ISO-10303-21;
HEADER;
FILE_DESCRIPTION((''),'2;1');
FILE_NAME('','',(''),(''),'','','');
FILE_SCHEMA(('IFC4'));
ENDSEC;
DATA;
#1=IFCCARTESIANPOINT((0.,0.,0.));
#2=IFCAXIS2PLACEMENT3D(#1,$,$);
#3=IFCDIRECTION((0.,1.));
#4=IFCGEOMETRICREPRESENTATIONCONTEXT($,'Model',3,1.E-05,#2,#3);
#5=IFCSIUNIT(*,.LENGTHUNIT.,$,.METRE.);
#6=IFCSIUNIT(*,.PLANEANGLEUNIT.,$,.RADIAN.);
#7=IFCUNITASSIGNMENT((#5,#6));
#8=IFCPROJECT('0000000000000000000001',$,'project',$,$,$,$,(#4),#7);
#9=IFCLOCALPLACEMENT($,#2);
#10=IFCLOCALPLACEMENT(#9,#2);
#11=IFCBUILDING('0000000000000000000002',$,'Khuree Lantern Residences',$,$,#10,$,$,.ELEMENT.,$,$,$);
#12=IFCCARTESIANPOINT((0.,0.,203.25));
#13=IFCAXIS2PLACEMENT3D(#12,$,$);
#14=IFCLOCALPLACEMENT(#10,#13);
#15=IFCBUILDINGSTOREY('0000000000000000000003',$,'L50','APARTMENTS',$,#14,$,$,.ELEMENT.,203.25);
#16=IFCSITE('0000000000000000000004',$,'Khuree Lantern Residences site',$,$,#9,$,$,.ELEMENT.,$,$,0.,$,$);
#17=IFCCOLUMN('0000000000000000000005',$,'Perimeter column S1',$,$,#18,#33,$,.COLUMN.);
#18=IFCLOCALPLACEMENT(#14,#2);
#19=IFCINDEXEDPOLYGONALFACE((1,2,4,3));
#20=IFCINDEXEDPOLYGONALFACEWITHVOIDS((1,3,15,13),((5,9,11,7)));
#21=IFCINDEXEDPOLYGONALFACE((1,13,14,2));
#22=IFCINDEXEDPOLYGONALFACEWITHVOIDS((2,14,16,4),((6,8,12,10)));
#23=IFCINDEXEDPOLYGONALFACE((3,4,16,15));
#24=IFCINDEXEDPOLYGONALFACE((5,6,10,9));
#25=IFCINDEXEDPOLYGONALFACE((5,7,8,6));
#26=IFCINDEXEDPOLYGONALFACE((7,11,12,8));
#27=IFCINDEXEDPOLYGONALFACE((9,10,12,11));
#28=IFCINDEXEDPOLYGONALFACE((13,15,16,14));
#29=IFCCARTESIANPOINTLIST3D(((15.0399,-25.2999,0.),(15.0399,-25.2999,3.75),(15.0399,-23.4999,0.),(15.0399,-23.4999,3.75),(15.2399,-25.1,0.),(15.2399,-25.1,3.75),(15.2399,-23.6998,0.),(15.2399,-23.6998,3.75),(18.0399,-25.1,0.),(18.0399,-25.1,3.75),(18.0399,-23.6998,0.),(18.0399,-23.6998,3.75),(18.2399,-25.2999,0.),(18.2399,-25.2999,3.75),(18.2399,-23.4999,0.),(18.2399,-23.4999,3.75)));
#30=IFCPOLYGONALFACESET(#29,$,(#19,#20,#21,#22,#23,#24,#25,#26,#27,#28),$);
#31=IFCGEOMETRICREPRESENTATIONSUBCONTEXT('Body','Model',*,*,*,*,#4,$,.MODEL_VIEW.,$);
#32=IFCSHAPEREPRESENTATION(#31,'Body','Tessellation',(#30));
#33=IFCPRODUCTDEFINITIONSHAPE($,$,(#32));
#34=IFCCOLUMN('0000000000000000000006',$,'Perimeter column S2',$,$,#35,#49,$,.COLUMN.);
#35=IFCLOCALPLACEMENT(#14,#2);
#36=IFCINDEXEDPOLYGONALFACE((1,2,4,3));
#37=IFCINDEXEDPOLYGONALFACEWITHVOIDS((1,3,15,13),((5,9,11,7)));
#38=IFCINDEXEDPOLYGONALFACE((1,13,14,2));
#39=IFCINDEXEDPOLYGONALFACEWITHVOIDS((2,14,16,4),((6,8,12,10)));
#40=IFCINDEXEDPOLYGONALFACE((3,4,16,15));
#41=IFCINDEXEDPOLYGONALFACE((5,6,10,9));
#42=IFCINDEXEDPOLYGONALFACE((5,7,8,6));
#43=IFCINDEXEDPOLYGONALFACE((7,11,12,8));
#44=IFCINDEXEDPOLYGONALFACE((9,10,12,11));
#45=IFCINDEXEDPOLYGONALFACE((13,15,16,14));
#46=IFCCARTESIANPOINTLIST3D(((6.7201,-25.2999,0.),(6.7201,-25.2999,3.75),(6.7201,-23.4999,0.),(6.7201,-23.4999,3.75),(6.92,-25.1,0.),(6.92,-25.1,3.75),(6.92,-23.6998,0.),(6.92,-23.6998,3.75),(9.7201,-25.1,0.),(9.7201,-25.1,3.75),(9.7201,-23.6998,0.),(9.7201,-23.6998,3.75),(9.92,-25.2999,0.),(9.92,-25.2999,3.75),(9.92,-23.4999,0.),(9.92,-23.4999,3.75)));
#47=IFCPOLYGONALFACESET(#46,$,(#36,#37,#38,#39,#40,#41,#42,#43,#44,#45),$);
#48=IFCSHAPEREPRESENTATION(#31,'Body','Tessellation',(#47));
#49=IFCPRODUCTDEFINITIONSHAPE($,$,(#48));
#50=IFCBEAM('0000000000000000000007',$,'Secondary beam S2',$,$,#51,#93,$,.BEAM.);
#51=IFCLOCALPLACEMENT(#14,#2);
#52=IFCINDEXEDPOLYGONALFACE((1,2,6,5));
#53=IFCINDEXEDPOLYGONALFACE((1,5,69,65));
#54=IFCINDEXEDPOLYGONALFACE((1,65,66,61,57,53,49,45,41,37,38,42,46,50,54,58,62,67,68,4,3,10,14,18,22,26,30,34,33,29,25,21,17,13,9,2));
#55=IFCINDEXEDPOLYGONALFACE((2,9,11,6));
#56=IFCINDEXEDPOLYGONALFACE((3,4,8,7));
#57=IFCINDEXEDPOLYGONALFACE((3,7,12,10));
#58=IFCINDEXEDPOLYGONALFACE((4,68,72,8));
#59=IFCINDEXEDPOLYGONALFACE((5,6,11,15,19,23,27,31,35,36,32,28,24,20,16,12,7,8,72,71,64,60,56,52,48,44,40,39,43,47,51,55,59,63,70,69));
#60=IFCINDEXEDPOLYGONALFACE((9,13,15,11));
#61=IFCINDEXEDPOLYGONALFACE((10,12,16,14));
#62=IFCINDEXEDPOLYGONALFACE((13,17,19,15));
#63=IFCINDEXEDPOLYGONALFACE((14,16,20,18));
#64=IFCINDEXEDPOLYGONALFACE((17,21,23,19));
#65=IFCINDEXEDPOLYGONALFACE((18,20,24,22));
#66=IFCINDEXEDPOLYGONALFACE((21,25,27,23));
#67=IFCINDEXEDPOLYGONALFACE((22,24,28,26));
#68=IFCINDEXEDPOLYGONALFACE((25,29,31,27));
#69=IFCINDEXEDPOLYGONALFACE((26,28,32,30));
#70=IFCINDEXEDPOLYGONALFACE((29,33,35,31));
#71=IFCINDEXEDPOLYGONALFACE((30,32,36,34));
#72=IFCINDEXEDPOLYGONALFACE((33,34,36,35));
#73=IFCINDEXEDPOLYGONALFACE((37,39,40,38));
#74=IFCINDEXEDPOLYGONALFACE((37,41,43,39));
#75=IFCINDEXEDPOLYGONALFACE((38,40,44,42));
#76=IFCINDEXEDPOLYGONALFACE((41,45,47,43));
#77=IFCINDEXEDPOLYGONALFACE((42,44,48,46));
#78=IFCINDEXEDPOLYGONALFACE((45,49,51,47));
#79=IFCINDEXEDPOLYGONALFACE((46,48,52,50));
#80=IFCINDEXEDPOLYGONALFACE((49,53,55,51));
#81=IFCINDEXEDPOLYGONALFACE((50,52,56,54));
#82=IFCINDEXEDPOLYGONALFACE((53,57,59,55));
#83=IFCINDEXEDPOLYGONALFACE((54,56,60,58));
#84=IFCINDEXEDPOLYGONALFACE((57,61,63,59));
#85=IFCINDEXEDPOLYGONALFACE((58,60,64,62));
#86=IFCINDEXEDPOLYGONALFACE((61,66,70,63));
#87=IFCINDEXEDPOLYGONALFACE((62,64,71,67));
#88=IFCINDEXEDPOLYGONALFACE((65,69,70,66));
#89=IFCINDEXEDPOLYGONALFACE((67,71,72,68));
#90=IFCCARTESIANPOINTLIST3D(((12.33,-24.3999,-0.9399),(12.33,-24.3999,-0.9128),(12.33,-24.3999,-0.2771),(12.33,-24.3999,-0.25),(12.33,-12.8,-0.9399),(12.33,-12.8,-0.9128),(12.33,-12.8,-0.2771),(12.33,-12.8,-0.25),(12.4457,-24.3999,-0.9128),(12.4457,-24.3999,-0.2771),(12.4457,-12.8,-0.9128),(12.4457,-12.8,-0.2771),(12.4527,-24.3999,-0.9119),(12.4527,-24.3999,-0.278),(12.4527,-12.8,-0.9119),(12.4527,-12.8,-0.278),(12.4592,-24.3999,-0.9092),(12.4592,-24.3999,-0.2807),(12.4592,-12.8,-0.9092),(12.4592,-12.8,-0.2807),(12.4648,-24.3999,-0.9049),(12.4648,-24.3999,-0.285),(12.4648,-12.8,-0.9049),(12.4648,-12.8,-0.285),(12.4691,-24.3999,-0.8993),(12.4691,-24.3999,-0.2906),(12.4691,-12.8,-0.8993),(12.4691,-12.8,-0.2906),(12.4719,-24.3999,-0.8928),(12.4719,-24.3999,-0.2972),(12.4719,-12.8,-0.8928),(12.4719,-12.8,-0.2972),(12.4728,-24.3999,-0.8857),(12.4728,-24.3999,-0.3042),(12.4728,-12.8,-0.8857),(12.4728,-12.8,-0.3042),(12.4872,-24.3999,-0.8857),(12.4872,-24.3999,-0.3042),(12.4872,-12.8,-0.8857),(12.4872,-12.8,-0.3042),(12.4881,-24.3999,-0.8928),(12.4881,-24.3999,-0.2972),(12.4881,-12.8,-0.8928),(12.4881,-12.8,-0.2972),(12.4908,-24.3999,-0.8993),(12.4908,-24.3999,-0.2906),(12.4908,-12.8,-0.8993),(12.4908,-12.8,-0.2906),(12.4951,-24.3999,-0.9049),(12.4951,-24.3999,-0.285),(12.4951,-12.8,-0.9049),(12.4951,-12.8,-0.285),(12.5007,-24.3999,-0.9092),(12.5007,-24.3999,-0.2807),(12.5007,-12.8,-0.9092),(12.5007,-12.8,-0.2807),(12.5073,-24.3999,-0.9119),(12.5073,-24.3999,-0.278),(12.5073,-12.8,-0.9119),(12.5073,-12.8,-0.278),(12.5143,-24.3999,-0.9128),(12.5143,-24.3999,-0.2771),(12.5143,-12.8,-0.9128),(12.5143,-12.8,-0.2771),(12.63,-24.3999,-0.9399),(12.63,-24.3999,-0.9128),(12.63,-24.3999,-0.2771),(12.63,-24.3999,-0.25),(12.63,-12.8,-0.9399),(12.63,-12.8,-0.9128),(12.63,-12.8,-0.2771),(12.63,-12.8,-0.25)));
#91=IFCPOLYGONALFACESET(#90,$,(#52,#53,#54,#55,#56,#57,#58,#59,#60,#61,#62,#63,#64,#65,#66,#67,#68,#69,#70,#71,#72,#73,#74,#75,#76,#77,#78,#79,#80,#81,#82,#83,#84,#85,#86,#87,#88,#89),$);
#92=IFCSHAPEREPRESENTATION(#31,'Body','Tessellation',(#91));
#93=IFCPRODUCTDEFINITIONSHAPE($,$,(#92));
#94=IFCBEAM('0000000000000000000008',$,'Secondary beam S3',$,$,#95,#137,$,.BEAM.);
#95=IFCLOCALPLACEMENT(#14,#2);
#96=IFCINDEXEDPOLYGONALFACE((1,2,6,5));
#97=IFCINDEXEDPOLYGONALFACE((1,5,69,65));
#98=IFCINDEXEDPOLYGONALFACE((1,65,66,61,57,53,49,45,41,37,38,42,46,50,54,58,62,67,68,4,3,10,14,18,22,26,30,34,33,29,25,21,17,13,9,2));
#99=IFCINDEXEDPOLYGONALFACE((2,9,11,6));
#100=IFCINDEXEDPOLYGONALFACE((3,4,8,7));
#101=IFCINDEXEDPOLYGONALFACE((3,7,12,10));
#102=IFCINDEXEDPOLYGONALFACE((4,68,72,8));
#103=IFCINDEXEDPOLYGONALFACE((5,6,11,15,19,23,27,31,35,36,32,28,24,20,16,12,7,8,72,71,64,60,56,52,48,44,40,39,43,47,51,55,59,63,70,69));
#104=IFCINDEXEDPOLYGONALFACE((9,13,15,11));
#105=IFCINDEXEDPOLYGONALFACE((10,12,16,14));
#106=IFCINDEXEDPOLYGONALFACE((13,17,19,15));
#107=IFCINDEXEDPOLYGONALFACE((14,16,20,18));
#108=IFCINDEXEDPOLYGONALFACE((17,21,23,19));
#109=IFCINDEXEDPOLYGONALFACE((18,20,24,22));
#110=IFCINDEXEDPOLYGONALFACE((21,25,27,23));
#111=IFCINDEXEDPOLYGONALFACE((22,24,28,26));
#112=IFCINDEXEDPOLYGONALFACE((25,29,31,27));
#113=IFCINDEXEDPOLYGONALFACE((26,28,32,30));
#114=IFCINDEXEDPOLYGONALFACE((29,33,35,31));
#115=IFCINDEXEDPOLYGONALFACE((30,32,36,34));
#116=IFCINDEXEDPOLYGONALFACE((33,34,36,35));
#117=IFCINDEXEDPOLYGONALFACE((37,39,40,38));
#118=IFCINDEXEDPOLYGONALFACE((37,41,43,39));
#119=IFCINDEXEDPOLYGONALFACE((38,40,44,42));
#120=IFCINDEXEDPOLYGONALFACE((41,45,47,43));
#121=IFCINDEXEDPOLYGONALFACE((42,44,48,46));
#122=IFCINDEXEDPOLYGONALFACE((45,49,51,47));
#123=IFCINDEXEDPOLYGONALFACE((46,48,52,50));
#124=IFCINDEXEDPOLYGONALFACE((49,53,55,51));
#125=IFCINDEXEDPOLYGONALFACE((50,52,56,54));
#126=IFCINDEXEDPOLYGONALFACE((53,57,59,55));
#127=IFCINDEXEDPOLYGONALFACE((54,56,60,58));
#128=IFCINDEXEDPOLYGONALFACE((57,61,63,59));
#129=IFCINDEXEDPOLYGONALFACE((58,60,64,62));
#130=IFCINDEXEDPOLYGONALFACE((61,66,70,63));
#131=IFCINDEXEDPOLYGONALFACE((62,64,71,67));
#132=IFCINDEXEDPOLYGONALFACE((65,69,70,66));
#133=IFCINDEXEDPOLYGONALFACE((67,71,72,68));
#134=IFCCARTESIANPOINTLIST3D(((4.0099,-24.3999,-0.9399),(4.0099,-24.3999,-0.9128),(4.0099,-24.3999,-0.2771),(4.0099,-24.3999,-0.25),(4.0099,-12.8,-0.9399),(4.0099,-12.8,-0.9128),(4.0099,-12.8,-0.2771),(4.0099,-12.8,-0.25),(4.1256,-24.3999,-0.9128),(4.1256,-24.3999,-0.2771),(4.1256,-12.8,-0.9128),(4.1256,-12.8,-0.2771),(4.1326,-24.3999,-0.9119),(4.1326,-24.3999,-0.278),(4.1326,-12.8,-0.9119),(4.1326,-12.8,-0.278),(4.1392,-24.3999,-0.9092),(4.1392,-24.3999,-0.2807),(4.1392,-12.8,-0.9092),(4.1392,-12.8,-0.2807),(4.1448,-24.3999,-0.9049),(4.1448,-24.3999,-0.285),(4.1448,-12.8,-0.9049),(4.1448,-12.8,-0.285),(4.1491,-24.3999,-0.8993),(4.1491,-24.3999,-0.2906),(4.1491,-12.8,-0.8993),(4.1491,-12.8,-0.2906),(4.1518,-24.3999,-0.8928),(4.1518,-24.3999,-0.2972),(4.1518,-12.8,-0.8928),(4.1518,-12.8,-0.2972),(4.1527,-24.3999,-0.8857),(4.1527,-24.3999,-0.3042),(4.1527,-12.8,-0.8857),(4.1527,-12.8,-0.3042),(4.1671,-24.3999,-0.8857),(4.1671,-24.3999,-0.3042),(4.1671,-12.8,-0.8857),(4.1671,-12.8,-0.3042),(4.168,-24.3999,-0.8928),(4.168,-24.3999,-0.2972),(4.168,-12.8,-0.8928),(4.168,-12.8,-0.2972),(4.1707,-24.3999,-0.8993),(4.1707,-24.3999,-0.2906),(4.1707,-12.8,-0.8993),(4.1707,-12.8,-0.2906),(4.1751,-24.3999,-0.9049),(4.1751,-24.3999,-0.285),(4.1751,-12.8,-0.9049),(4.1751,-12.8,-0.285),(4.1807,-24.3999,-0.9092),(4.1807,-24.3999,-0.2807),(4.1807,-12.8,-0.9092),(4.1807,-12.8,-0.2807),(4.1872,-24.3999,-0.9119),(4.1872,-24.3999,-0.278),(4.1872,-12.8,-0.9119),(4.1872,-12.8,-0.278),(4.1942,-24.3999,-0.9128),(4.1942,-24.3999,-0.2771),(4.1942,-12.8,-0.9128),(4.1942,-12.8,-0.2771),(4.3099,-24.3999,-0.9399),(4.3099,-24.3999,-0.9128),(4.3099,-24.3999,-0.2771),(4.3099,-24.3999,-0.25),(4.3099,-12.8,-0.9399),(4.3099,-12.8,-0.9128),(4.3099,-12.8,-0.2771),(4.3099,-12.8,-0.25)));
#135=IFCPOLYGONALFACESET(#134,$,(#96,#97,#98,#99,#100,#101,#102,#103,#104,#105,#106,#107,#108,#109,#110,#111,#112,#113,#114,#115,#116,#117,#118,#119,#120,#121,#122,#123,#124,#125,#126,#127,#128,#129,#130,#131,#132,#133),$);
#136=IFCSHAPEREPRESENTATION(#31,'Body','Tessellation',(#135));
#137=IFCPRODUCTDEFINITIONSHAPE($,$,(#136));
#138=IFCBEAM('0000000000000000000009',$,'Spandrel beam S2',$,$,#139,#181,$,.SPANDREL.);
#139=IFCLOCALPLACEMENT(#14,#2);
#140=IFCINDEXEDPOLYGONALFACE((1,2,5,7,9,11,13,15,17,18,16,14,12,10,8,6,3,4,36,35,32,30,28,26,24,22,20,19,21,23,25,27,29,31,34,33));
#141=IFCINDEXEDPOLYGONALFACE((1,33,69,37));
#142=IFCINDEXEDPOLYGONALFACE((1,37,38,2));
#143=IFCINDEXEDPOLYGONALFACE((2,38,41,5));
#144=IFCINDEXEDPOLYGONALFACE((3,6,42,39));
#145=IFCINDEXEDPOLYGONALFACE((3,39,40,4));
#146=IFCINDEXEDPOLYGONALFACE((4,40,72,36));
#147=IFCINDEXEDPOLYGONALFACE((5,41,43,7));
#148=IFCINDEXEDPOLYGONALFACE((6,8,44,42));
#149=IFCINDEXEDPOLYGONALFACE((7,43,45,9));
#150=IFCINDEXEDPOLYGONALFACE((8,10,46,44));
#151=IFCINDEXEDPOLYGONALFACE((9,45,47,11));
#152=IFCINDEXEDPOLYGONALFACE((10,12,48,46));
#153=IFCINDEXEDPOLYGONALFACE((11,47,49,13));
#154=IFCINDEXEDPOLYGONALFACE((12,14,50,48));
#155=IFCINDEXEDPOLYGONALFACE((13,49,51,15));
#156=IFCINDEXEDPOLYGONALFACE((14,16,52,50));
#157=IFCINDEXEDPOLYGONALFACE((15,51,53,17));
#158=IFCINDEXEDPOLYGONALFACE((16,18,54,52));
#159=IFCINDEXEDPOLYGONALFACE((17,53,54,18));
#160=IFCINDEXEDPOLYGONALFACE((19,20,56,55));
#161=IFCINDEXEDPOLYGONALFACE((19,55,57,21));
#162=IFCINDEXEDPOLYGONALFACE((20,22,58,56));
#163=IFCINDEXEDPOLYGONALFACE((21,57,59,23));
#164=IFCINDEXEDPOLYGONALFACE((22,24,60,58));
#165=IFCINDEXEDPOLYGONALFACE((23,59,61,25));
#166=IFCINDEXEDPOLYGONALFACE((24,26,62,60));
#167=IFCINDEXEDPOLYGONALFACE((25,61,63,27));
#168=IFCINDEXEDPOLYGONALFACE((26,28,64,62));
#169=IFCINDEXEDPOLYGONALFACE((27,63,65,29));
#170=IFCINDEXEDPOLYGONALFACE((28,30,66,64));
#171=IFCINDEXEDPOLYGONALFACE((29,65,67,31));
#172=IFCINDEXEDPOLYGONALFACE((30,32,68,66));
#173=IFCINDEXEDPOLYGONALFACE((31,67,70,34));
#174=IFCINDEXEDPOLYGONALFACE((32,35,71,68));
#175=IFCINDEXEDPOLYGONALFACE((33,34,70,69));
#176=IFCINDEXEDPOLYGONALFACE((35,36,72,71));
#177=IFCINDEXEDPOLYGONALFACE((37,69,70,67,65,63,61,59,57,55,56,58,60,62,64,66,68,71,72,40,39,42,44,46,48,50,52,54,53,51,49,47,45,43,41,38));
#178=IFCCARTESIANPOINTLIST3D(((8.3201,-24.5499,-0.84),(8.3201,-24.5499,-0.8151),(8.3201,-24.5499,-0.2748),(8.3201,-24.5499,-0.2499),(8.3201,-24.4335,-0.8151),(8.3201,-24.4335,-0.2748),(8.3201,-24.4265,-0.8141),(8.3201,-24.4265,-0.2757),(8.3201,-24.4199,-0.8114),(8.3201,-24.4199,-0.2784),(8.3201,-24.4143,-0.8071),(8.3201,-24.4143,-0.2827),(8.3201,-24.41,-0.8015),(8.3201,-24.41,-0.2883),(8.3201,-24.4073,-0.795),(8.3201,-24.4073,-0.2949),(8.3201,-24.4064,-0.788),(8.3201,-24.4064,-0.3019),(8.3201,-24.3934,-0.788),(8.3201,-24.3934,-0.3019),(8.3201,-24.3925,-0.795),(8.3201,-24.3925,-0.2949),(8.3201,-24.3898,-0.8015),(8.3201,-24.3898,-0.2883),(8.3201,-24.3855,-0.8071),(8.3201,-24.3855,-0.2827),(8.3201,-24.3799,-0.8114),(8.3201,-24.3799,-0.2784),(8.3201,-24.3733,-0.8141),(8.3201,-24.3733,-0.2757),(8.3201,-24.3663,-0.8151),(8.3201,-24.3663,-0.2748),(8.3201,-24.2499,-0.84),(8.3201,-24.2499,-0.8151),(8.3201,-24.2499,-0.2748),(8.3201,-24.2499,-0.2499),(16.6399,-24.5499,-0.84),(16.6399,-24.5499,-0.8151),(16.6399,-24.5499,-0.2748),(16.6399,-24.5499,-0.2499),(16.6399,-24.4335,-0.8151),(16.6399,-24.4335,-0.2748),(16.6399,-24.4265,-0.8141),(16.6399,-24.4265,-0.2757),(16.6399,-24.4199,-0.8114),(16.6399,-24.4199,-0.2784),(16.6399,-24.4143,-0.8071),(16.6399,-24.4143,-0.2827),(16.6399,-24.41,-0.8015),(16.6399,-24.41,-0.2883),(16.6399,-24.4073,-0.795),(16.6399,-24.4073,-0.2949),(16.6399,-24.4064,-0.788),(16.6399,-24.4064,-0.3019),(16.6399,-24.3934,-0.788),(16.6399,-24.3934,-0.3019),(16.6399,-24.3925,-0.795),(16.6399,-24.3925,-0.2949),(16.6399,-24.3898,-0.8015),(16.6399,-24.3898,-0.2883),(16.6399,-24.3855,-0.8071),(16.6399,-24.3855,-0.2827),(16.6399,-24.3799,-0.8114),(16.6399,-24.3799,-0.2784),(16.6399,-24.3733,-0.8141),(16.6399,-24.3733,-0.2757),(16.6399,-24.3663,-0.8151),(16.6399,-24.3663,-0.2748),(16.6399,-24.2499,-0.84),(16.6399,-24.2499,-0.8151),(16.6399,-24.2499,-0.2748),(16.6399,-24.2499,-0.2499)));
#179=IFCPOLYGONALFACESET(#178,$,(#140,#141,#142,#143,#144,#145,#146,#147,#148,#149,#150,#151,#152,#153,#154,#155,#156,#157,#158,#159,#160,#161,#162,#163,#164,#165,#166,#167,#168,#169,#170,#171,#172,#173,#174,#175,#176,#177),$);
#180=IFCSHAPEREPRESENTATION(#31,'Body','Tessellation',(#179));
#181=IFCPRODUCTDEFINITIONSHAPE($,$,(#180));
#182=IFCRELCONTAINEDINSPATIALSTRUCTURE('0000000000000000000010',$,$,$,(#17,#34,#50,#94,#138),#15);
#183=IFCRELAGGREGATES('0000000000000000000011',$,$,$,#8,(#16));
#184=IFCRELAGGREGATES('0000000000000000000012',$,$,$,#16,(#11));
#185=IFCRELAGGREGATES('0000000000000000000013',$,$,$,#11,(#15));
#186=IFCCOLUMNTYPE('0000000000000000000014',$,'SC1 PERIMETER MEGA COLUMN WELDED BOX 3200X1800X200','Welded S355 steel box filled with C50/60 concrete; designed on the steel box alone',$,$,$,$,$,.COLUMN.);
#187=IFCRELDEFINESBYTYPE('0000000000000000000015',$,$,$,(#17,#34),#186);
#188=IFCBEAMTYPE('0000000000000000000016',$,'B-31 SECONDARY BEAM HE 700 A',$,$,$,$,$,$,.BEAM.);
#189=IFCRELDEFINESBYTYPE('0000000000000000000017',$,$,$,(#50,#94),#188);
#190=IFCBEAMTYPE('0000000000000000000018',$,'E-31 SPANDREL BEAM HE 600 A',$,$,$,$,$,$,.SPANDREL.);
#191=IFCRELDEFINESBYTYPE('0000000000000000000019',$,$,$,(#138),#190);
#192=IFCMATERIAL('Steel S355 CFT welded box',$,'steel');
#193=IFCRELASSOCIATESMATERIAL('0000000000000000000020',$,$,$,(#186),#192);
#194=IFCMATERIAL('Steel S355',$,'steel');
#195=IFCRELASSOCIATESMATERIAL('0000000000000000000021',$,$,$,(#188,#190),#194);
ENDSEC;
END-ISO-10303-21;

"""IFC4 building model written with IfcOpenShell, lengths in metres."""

from ifc_helpers import new_model, si_unit, direction, frame, origin, origin_2d, place, context, subcontext, project, spatial, hollow_rectangle, i_section, extrude, material, material_profile, profile_set, type_object, element, save


model = new_model("IFC4")

# Units and contexts
model_context = context("Model", 3, precision=1e-05, world=origin(), true_north=direction((0.0, 1.0)))
body_context = subcontext(model_context, "Body", "Model", "MODEL_VIEW")
ifc_project = project(units=[si_unit("LENGTHUNIT", "METRE"), si_unit("PLANEANGLEUNIT", "RADIAN")], contexts=[model_context])

# Site, building, storey
site_placement = place(None, origin())
site = spatial("IfcSite", under=ifc_project, at=site_placement, Name="Khuree Lantern Residences site", CompositionType="ELEMENT", RefElevation=0.0)
building_placement = place(site_placement, origin())
building = spatial("IfcBuilding", under=site, at=building_placement, Name="Khuree Lantern Residences", CompositionType="ELEMENT")
storey_placement = place(building_placement, frame((0.0, 0.0, 203.25)))
storey = spatial("IfcBuildingStorey", under=building, at=storey_placement, Name="L50", Description="APARTMENTS", CompositionType="ELEMENT", Elevation=203.25)

# Columns
ifc_material_1 = material(Name="Steel S355 CFT welded box", Category="steel")
ifc_material_profile_1 = material_profile(ifc_material_1, hollow_rectangle(XDim=3.2, YDim=1.8, WallThickness=0.2, at=origin_2d()), Name="WELDED BOX 3200X1800X200")
ifc_profile_set_1 = profile_set([ifc_material_profile_1], Name="Steel S355 CFT welded box")
column_type = type_object("IfcColumnType", Name="SC1 PERIMETER MEGA COLUMN WELDED BOX 3200X1800X200", Description="Welded S355 steel box filled with C50/60 concrete; designed on the steel box alone", PredefinedType="COLUMN", material=ifc_profile_set_1)
for number, where, z_axis, x_axis, name in (
    (1, (16.6399, -24.3999, 0.0), (0.0, 0.0, 1.0), (1.0, 0.0, 0.0), "Perimeter column S1"),
    (2, (8.3201, -24.3999, 0.0), (0.0, 0.0, 1.0), (1.0, 0.0, 0.0), "Perimeter column S2"),
):
    element("IfcColumn", number, at=place(storey_placement, frame(where, z_axis=z_axis, x_axis=x_axis)), inside=storey, type_object=column_type, Name=name, PredefinedType="COLUMN", context=body_context, shape_type="SweptSolid", body=[
        extrude(hollow_rectangle(XDim=3.2, YDim=1.8, WallThickness=0.2, at=origin_2d()), origin(), (0.0, 0.0, 1.0), 3.75),
    ])

# Beams
ifc_material_2 = material(Name="Steel S355", Category="steel")
ifc_material_profile_2 = material_profile(ifc_material_2, i_section(OverallWidth=0.3, OverallDepth=0.6899, WebThickness=0.0144, FlangeThickness=0.0271, FilletRadius=0.0271, at=origin_2d()), Name="HE 700 A")
ifc_profile_set_2 = profile_set([ifc_material_profile_2], Name="Steel S355")
beam_type_1 = type_object("IfcBeamType", Name="B-31 SECONDARY BEAM HE 700 A", PredefinedType="BEAM", material=ifc_profile_set_2)
for number, where, z_axis, x_axis, name in (
    (3, (12.48, -24.3999, -0.595), (0.0, 1.0, 0.0), (-1.0, 0.0, 0.0), "Secondary beam S2"),
    (4, (4.1599, -24.3999, -0.595), (0.0, 1.0, 0.0), (-1.0, 0.0, 0.0), "Secondary beam S3"),
):
    element("IfcBeam", number, at=place(storey_placement, frame(where, z_axis=z_axis, x_axis=x_axis)), inside=storey, type_object=beam_type_1, Name=name, PredefinedType="BEAM", context=body_context, shape_type="SweptSolid", body=[
        extrude(i_section(OverallWidth=0.3, OverallDepth=0.6899, WebThickness=0.0144, FlangeThickness=0.0271, FilletRadius=0.0271, at=origin_2d()), origin(), (0.0, 0.0, 1.0), 11.5999),
    ])
ifc_material_profile_3 = material_profile(ifc_material_2, i_section(OverallWidth=0.3, OverallDepth=0.5901, WebThickness=0.0129, FlangeThickness=0.0249, FilletRadius=0.0271, at=origin_2d()), Name="HE 600 A")
ifc_profile_set_3 = profile_set([ifc_material_profile_3], Name="Steel S355")
beam_type_2 = type_object("IfcBeamType", Name="E-31 SPANDREL BEAM HE 600 A", PredefinedType="SPANDREL", material=ifc_profile_set_3)
beam_1_placement = place(storey_placement, frame((16.6399, -24.3999, -0.5449), z_axis=(-1.0, 0.0, 0.0), x_axis=(0.0, -1.0, 0.0)))
element("IfcBeam", 5, at=beam_1_placement, inside=storey, type_object=beam_type_2, Name="Spandrel beam S2", PredefinedType="SPANDREL", context=body_context, shape_type="SweptSolid", body=[
    extrude(i_section(OverallWidth=0.3, OverallDepth=0.5901, WebThickness=0.0129, FlangeThickness=0.0249, FilletRadius=0.0271, at=origin_2d()), origin(), (0.0, 0.0, 1.0), 8.3198),
])

save(model, "model.ifc")
